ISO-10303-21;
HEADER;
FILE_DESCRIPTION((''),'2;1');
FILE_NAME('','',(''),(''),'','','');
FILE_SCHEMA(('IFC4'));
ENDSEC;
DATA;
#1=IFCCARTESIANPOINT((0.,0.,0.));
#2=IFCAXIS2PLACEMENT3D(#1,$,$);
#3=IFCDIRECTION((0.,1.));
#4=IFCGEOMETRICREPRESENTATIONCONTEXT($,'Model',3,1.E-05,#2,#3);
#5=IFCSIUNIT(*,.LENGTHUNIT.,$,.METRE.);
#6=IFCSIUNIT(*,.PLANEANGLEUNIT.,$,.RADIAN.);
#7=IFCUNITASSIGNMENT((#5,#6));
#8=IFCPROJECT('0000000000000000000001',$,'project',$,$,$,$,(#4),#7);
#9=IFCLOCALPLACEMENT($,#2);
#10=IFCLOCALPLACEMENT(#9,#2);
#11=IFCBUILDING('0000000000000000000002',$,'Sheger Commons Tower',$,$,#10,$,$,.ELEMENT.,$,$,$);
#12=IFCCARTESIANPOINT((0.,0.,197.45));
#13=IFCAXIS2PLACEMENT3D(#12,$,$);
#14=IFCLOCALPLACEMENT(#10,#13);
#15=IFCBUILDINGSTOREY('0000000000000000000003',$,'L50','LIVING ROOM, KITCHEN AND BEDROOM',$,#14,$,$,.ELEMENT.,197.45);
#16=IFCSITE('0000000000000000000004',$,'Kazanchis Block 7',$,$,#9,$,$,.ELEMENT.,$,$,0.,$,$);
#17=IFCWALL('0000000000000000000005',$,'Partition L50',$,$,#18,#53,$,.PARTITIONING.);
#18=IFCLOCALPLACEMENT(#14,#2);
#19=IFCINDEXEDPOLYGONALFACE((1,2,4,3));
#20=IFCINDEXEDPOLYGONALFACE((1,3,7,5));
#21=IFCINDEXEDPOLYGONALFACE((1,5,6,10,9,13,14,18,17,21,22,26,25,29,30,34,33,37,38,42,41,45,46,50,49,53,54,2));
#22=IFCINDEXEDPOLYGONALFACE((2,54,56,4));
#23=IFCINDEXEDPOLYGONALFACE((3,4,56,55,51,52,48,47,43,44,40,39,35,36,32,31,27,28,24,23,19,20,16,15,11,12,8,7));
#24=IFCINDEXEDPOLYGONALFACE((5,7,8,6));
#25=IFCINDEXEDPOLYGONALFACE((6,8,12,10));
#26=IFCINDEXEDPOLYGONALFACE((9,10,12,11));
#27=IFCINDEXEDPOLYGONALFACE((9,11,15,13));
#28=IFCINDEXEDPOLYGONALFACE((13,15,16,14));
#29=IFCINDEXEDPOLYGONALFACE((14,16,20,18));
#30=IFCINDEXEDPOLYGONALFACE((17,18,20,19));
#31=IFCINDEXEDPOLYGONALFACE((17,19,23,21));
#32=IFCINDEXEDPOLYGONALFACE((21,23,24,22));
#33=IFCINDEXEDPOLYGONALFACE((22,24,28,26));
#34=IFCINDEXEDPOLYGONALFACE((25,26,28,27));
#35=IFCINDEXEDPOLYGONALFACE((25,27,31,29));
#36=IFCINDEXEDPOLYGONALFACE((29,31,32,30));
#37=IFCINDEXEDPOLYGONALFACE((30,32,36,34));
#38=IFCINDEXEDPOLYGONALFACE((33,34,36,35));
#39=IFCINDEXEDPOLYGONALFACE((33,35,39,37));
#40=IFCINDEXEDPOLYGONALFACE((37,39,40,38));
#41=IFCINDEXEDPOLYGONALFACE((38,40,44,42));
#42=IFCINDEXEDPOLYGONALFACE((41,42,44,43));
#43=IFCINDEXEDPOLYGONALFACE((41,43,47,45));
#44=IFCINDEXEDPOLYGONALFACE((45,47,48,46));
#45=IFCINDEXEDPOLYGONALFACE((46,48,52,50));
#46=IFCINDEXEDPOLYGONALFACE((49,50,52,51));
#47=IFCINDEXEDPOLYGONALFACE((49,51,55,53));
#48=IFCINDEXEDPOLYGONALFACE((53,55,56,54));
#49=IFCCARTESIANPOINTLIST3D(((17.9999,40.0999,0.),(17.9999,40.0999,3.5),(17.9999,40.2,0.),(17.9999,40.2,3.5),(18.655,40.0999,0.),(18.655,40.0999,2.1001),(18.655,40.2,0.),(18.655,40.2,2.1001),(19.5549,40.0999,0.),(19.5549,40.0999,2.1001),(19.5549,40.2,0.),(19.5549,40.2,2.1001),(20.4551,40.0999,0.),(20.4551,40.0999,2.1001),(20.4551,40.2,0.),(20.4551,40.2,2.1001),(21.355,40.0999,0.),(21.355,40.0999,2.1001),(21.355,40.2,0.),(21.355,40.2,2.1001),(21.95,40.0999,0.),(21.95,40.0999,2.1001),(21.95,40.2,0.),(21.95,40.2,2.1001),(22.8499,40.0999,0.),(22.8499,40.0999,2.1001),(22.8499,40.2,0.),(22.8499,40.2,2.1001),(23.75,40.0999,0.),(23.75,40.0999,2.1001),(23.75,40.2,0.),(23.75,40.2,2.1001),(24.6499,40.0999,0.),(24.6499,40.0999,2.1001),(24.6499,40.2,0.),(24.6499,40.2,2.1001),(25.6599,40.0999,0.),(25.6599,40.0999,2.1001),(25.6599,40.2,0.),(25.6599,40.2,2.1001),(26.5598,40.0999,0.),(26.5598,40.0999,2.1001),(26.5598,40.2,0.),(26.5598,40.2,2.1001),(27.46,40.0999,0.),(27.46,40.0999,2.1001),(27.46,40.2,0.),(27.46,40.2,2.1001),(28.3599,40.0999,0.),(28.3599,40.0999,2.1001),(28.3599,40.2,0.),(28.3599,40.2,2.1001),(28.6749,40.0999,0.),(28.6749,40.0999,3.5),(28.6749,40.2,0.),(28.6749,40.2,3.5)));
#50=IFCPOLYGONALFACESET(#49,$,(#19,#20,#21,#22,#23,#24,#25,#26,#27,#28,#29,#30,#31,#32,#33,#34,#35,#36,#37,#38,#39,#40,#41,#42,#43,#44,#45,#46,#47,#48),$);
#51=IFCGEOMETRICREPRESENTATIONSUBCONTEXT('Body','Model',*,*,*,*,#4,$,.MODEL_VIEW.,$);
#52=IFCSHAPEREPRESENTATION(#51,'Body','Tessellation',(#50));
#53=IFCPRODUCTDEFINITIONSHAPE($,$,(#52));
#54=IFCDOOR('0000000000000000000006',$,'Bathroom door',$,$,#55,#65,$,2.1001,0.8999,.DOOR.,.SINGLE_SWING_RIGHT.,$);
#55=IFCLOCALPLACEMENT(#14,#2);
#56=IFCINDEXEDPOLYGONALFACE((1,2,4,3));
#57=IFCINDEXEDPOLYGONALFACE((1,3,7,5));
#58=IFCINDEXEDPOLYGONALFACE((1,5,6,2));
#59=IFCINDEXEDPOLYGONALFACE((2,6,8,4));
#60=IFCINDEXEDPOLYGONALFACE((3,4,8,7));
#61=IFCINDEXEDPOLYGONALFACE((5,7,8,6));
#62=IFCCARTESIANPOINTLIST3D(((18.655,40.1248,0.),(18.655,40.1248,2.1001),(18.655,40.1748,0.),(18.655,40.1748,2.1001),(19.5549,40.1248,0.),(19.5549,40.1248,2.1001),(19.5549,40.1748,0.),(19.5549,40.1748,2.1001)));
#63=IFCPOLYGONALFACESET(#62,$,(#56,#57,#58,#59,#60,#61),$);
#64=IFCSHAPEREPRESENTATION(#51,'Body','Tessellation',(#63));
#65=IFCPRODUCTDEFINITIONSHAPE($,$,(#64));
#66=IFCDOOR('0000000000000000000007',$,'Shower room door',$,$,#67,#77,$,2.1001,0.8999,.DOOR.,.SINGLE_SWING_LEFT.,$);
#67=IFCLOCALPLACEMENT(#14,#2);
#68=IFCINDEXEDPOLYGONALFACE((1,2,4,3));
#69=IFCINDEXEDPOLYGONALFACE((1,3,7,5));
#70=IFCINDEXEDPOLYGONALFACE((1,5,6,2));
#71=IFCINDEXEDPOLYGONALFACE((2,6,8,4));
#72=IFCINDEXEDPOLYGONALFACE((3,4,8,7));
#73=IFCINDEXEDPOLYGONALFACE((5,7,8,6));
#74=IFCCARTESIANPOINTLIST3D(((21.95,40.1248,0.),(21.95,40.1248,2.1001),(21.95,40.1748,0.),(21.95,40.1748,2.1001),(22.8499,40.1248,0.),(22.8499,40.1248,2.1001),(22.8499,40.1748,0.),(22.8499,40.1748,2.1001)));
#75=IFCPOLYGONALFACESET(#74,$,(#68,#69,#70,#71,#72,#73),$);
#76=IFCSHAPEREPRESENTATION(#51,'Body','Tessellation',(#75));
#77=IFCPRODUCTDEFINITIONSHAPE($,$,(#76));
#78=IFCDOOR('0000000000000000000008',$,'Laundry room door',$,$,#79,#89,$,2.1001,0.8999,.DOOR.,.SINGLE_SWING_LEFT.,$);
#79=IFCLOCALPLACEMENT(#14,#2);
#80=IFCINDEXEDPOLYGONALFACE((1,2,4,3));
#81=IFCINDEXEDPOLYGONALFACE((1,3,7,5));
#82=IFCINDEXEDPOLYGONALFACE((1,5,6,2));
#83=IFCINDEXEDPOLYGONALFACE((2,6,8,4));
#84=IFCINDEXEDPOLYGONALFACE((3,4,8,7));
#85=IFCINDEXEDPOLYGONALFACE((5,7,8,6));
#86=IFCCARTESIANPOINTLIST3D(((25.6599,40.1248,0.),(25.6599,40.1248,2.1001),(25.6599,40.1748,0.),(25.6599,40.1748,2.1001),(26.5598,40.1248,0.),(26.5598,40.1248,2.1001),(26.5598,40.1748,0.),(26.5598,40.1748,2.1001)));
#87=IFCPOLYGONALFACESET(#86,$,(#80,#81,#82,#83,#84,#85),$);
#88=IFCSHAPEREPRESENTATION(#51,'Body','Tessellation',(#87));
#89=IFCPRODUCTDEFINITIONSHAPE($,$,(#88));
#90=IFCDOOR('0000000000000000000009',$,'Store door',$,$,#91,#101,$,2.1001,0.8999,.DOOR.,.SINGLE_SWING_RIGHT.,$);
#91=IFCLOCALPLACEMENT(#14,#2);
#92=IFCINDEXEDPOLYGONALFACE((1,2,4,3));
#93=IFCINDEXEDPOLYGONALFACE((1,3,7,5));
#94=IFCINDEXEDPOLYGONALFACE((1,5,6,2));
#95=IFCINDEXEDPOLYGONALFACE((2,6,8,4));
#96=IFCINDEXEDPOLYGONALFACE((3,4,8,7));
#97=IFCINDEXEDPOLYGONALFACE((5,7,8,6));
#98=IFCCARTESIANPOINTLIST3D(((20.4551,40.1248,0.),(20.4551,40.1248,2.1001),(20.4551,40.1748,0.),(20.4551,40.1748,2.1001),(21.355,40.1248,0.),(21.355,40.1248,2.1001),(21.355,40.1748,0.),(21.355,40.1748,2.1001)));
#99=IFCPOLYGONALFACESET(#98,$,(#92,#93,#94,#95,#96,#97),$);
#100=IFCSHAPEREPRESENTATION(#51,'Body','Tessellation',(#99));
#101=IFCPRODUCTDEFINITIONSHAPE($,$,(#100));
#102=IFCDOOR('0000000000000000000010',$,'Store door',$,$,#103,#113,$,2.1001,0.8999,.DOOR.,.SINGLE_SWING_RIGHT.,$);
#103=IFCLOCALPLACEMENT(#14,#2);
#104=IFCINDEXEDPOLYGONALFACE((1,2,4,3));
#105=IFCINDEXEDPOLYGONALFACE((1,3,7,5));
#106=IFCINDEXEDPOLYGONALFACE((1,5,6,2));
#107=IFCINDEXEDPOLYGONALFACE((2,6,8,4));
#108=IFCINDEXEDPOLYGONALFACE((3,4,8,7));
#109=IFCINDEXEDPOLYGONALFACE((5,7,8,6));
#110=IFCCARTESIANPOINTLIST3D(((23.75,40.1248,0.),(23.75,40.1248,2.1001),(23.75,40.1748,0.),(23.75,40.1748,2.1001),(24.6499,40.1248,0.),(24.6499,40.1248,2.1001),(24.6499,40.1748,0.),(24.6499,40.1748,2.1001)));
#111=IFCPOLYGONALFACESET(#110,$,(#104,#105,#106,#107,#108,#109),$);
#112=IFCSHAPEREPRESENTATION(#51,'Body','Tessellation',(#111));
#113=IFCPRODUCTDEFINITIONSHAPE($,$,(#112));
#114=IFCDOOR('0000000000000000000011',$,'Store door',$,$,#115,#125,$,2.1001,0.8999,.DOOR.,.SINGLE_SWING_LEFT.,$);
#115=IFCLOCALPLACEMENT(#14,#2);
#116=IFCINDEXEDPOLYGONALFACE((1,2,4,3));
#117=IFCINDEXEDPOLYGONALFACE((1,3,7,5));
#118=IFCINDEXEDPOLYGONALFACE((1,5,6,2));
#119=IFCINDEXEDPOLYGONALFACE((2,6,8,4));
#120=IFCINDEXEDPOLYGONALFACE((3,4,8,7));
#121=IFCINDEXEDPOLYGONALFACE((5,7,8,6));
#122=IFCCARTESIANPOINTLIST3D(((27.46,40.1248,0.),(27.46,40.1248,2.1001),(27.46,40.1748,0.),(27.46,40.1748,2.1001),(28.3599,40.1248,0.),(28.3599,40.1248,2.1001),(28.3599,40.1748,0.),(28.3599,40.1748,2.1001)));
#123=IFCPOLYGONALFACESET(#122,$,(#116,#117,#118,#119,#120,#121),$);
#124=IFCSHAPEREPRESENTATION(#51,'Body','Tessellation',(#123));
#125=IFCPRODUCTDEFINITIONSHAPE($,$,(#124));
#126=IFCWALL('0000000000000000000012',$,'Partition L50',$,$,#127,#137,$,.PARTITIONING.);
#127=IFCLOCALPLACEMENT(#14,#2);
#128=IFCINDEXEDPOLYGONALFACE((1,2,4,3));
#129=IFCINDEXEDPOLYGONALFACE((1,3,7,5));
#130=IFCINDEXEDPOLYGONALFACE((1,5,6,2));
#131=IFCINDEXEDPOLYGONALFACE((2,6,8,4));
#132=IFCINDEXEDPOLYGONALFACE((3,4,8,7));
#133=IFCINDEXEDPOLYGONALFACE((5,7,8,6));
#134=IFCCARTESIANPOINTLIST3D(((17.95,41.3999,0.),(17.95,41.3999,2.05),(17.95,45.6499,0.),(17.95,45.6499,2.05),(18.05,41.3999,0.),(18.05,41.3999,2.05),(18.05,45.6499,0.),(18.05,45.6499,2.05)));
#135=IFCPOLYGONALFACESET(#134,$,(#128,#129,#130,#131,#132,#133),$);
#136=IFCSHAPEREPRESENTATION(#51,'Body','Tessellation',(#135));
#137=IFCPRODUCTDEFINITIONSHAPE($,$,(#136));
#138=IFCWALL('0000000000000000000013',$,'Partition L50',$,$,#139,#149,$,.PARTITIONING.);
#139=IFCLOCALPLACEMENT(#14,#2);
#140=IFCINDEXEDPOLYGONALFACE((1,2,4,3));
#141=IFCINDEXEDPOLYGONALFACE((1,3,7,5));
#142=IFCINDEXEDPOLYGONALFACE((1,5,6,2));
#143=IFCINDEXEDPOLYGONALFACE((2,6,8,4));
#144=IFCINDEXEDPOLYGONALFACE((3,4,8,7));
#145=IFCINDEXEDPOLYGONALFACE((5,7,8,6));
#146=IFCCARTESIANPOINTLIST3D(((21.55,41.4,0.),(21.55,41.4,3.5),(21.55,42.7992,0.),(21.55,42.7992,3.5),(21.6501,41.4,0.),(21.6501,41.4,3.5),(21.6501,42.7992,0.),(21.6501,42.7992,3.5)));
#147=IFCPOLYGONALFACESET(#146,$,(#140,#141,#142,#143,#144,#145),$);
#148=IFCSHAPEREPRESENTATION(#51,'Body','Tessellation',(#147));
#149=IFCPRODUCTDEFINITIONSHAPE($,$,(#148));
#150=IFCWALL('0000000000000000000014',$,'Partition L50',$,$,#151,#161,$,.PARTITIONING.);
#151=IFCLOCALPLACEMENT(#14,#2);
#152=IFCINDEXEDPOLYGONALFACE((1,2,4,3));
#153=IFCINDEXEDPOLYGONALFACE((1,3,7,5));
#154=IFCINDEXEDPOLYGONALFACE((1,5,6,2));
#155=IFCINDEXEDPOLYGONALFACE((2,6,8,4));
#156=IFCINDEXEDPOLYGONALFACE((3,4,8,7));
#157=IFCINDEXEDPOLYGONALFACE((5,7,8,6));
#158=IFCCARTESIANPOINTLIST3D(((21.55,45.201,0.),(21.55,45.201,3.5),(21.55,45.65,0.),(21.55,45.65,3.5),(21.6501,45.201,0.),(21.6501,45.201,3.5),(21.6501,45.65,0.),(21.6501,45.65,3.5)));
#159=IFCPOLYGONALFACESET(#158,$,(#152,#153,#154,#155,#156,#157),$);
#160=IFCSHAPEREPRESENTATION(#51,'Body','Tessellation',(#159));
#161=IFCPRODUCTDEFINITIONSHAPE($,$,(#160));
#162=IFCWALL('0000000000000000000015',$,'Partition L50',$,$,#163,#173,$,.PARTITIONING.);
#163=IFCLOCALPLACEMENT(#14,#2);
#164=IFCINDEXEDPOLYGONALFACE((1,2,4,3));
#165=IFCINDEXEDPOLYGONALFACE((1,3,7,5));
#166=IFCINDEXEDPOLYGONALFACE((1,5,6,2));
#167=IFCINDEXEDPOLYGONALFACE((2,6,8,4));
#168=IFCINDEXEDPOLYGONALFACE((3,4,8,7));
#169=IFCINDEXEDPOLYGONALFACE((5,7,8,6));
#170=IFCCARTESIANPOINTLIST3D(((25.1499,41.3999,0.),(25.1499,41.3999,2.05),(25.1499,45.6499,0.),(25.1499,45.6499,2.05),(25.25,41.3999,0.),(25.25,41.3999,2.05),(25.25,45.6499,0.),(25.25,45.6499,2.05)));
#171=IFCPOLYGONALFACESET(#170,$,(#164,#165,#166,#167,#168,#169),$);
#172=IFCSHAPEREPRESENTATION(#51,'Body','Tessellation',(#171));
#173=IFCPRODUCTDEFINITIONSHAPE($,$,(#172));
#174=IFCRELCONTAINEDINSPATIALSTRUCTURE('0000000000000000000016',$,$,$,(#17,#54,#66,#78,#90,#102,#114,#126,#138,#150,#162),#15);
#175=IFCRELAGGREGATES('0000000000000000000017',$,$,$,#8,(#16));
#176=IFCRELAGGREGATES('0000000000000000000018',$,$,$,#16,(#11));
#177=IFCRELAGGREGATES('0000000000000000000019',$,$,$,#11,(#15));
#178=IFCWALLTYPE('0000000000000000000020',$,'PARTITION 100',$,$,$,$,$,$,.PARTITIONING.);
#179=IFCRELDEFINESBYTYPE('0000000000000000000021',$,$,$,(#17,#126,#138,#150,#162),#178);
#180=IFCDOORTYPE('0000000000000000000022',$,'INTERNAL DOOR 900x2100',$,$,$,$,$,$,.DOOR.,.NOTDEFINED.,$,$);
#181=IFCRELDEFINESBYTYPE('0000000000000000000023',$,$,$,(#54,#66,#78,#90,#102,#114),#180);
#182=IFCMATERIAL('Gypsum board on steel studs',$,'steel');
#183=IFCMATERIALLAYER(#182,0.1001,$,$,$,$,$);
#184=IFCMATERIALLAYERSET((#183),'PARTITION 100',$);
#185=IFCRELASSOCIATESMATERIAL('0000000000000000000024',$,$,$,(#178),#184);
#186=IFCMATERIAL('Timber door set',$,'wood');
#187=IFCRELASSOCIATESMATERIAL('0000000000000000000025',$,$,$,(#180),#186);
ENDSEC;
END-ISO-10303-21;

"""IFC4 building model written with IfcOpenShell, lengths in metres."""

from ifc_helpers import new_model, si_unit, direction, frame, frame_2d, origin, place, context, subcontext, project, spatial, rectangle, extrude, material, layer, layer_set, type_object, element, fill, save


model = new_model("IFC4")

# Units and contexts
model_context = context("Model", 3, precision=1e-05, world=origin(), true_north=direction((0.0, 1.0)))
body_context = subcontext(model_context, "Body", "Model", "MODEL_VIEW")
ifc_project = project(units=[si_unit("LENGTHUNIT", "METRE"), si_unit("PLANEANGLEUNIT", "RADIAN")], contexts=[model_context])

# Site, building, storey
site_placement = place(None, origin())
site = spatial("IfcSite", under=ifc_project, at=site_placement, Name="Kazanchis Block 7", CompositionType="ELEMENT", RefElevation=0.0)
building_placement = place(site_placement, origin())
building = spatial("IfcBuilding", under=site, at=building_placement, Name="Sheger Commons Tower", CompositionType="ELEMENT")
storey_placement = place(building_placement, frame((0.0, 0.0, 197.45)))
storey = spatial("IfcBuildingStorey", under=building, at=storey_placement, Name="L50", Description="LIVING ROOM, KITCHEN AND BEDROOM", CompositionType="ELEMENT", Elevation=197.45)

# Wall, openings, doors
ifc_material_1 = material(Name="Gypsum board on steel studs", Category="steel")
ifc_layer_1 = layer(ifc_material_1, 0.1001)
ifc_layer_set_1 = layer_set([ifc_layer_1], Name="PARTITION 100")
wall_type = type_object("IfcWallType", Name="PARTITION 100", PredefinedType="PARTITIONING", material=ifc_layer_set_1)
ifc_material_2 = material(Name="Timber door set", Category="wood")
door_type = type_object("IfcDoorType", Name="INTERNAL DOOR 900x2100", OperationType="NOTDEFINED", PredefinedType="DOOR", material=ifc_material_2)
wall_1_placement = place(storey_placement, frame((18.0, 40.1499, 0.0), z_axis=(0.0, 0.0, 1.0), x_axis=(1.0, 0.0, 0.0)))
wall_1 = element("IfcWall", 1, at=wall_1_placement, inside=storey, type_object=wall_type, Name="Partition L50", PredefinedType="PARTITIONING", context=body_context, shape_type="SweptSolid", body=[
    extrude(rectangle(XDim=10.675, YDim=0.1001, at=frame_2d((5.3374, 0.0))), origin(), (0.0, 0.0, 1.0), 3.5),
])
opening_1_placement = place(wall_1_placement, frame((0.655, 0.0, 0.0)))
opening_1 = element("IfcOpeningElement", 2, at=opening_1_placement, cuts=wall_1, PredefinedType="OPENING", context=body_context, shape_type="SweptSolid", body=[
    extrude(rectangle(XDim=0.8999, YDim=2.1001, at=frame_2d((0.45, 1.05))), frame((0.0, 0.0601, 0.0), z_axis=(0.0, -1.0, 0.0), x_axis=(1.0, 0.0, 0.0)), (0.0, 0.0, 1.0), 0.1201),
])
opening_2_placement = place(wall_1_placement, frame((3.95, 0.0, 0.0)))
opening_2 = element("IfcOpeningElement", 3, at=opening_2_placement, cuts=wall_1, PredefinedType="OPENING", context=body_context, shape_type="SweptSolid", body=[
    extrude(rectangle(XDim=0.8999, YDim=2.1001, at=frame_2d((0.45, 1.05))), frame((0.0, 0.0601, 0.0), z_axis=(0.0, -1.0, 0.0), x_axis=(1.0, 0.0, 0.0)), (0.0, 0.0, 1.0), 0.1201),
])
opening_3_placement = place(wall_1_placement, frame((7.6599, 0.0, 0.0)))
opening_3 = element("IfcOpeningElement", 4, at=opening_3_placement, cuts=wall_1, PredefinedType="OPENING", context=body_context, shape_type="SweptSolid", body=[
    extrude(rectangle(XDim=0.8999, YDim=2.1001, at=frame_2d((0.45, 1.05))), frame((0.0, 0.0601, 0.0), z_axis=(0.0, -1.0, 0.0), x_axis=(1.0, 0.0, 0.0)), (0.0, 0.0, 1.0), 0.1201),
])
opening_4_placement = place(wall_1_placement, frame((2.4551, 0.0, 0.0)))
opening_4 = element("IfcOpeningElement", 5, at=opening_4_placement, cuts=wall_1, PredefinedType="OPENING", context=body_context, shape_type="SweptSolid", body=[
    extrude(rectangle(XDim=0.8999, YDim=2.1001, at=frame_2d((0.45, 1.05))), frame((0.0, 0.0601, 0.0), z_axis=(0.0, -1.0, 0.0), x_axis=(1.0, 0.0, 0.0)), (0.0, 0.0, 1.0), 0.1201),
])
opening_5_placement = place(wall_1_placement, frame((5.75, 0.0, 0.0)))
opening_5 = element("IfcOpeningElement", 6, at=opening_5_placement, cuts=wall_1, PredefinedType="OPENING", context=body_context, shape_type="SweptSolid", body=[
    extrude(rectangle(XDim=0.8999, YDim=2.1001, at=frame_2d((0.45, 1.05))), frame((0.0, 0.0601, 0.0), z_axis=(0.0, -1.0, 0.0), x_axis=(1.0, 0.0, 0.0)), (0.0, 0.0, 1.0), 0.1201),
])
opening_6_placement = place(wall_1_placement, frame((9.46, 0.0, 0.0)))
opening_6 = element("IfcOpeningElement", 7, at=opening_6_placement, cuts=wall_1, PredefinedType="OPENING", context=body_context, shape_type="SweptSolid", body=[
    extrude(rectangle(XDim=0.8999, YDim=2.1001, at=frame_2d((0.45, 1.05))), frame((0.0, 0.0601, 0.0), z_axis=(0.0, -1.0, 0.0), x_axis=(1.0, 0.0, 0.0)), (0.0, 0.0, 1.0), 0.1201),
])
door_1_placement = place(opening_1_placement, origin())
door_1 = element("IfcDoor", 8, at=door_1_placement, inside=storey, type_object=door_type, Name="Bathroom door", OperationType="SINGLE_SWING_RIGHT", OverallHeight=2.1001, OverallWidth=0.8999, PredefinedType="DOOR", context=body_context, shape_type="SweptSolid", body=[
    extrude(rectangle(XDim=0.8999, YDim=2.1001, at=frame_2d((0.45, 1.05))), frame((0.0, 0.0249, 0.0), z_axis=(0.0, -1.0, 0.0), x_axis=(1.0, 0.0, 0.0)), (0.0, 0.0, 1.0), 0.05),
])
fill(opening_1, door_1)
door_2_placement = place(opening_2_placement, origin())
door_2 = element("IfcDoor", 9, at=door_2_placement, inside=storey, type_object=door_type, Name="Shower room door", OperationType="SINGLE_SWING_LEFT", OverallHeight=2.1001, OverallWidth=0.8999, PredefinedType="DOOR", context=body_context, shape_type="SweptSolid", body=[
    extrude(rectangle(XDim=0.8999, YDim=2.1001, at=frame_2d((0.45, 1.05))), frame((0.0, 0.0249, 0.0), z_axis=(0.0, -1.0, 0.0), x_axis=(1.0, 0.0, 0.0)), (0.0, 0.0, 1.0), 0.05),
])
fill(opening_2, door_2)
door_3_placement = place(opening_3_placement, origin())
door_3 = element("IfcDoor", 10, at=door_3_placement, inside=storey, type_object=door_type, Name="Laundry room door", OperationType="SINGLE_SWING_LEFT", OverallHeight=2.1001, OverallWidth=0.8999, PredefinedType="DOOR", context=body_context, shape_type="SweptSolid", body=[
    extrude(rectangle(XDim=0.8999, YDim=2.1001, at=frame_2d((0.45, 1.05))), frame((0.0, 0.0249, 0.0), z_axis=(0.0, -1.0, 0.0), x_axis=(1.0, 0.0, 0.0)), (0.0, 0.0, 1.0), 0.05),
])
fill(opening_3, door_3)
door_4_placement = place(opening_4_placement, origin())
door_4 = element("IfcDoor", 11, at=door_4_placement, inside=storey, type_object=door_type, Name="Store door", OperationType="SINGLE_SWING_RIGHT", OverallHeight=2.1001, OverallWidth=0.8999, PredefinedType="DOOR", context=body_context, shape_type="SweptSolid", body=[
    extrude(rectangle(XDim=0.8999, YDim=2.1001, at=frame_2d((0.45, 1.05))), frame((0.0, 0.0249, 0.0), z_axis=(0.0, -1.0, 0.0), x_axis=(1.0, 0.0, 0.0)), (0.0, 0.0, 1.0), 0.05),
])
fill(opening_4, door_4)
door_5_placement = place(opening_5_placement, origin())
door_5 = element("IfcDoor", 12, at=door_5_placement, inside=storey, type_object=door_type, Name="Store door", OperationType="SINGLE_SWING_RIGHT", OverallHeight=2.1001, OverallWidth=0.8999, PredefinedType="DOOR", context=body_context, shape_type="SweptSolid", body=[
    extrude(rectangle(XDim=0.8999, YDim=2.1001, at=frame_2d((0.45, 1.05))), frame((0.0, 0.0249, 0.0), z_axis=(0.0, -1.0, 0.0), x_axis=(1.0, 0.0, 0.0)), (0.0, 0.0, 1.0), 0.05),
])
fill(opening_5, door_5)
door_6_placement = place(opening_6_placement, origin())
door_6 = element("IfcDoor", 13, at=door_6_placement, inside=storey, type_object=door_type, Name="Store door", OperationType="SINGLE_SWING_LEFT", OverallHeight=2.1001, OverallWidth=0.8999, PredefinedType="DOOR", context=body_context, shape_type="SweptSolid", body=[
    extrude(rectangle(XDim=0.8999, YDim=2.1001, at=frame_2d((0.45, 1.05))), frame((0.0, 0.0249, 0.0), z_axis=(0.0, -1.0, 0.0), x_axis=(1.0, 0.0, 0.0)), (0.0, 0.0, 1.0), 0.05),
])
fill(opening_6, door_6)

# Walls
wall_2_placement = place(storey_placement, frame((18.0, 41.3999, 0.0), z_axis=(0.0, 0.0, 1.0), x_axis=(0.0, 1.0, 0.0)))
element("IfcWall", 14, at=wall_2_placement, inside=storey, type_object=wall_type, Name="Partition L50", PredefinedType="PARTITIONING", context=body_context, shape_type="SweptSolid", body=[
    extrude(rectangle(XDim=4.25, YDim=0.1001, at=frame_2d((2.125, 0.0))), origin(), (0.0, 0.0, 1.0), 2.05),
])
wall_3_placement = place(storey_placement, frame((21.6001, 41.3999, 0.0), z_axis=(0.0, 0.0, 1.0), x_axis=(0.0, 1.0, 0.0)))
element("IfcWall", 15, at=wall_3_placement, inside=storey, type_object=wall_type, Name="Partition L50", PredefinedType="PARTITIONING", context=body_context, shape_type="SweptSolid", body=[
    extrude(rectangle(XDim=1.3992, YDim=0.1001, at=frame_2d((0.6997, 0.0))), origin(), (0.0, 0.0, 1.0), 3.5),
])
wall_4_placement = place(storey_placement, frame((21.6001, 45.2009, 0.0), z_axis=(0.0, 0.0, 1.0), x_axis=(0.0, 1.0, 0.0)))
element("IfcWall", 16, at=wall_4_placement, inside=storey, type_object=wall_type, Name="Partition L50", PredefinedType="PARTITIONING", context=body_context, shape_type="SweptSolid", body=[
    extrude(rectangle(XDim=0.449, YDim=0.1001, at=frame_2d((0.2246, 0.0))), origin(), (0.0, 0.0, 1.0), 3.5),
])
wall_5_placement = place(storey_placement, frame((25.2, 41.3999, 0.0), z_axis=(0.0, 0.0, 1.0), x_axis=(0.0, 1.0, 0.0)))
element("IfcWall", 17, at=wall_5_placement, inside=storey, type_object=wall_type, Name="Partition L50", PredefinedType="PARTITIONING", context=body_context, shape_type="SweptSolid", body=[
    extrude(rectangle(XDim=4.25, YDim=0.1001, at=frame_2d((2.125, 0.0))), origin(), (0.0, 0.0, 1.0), 2.05),
])

save(model, "model.ifc")
